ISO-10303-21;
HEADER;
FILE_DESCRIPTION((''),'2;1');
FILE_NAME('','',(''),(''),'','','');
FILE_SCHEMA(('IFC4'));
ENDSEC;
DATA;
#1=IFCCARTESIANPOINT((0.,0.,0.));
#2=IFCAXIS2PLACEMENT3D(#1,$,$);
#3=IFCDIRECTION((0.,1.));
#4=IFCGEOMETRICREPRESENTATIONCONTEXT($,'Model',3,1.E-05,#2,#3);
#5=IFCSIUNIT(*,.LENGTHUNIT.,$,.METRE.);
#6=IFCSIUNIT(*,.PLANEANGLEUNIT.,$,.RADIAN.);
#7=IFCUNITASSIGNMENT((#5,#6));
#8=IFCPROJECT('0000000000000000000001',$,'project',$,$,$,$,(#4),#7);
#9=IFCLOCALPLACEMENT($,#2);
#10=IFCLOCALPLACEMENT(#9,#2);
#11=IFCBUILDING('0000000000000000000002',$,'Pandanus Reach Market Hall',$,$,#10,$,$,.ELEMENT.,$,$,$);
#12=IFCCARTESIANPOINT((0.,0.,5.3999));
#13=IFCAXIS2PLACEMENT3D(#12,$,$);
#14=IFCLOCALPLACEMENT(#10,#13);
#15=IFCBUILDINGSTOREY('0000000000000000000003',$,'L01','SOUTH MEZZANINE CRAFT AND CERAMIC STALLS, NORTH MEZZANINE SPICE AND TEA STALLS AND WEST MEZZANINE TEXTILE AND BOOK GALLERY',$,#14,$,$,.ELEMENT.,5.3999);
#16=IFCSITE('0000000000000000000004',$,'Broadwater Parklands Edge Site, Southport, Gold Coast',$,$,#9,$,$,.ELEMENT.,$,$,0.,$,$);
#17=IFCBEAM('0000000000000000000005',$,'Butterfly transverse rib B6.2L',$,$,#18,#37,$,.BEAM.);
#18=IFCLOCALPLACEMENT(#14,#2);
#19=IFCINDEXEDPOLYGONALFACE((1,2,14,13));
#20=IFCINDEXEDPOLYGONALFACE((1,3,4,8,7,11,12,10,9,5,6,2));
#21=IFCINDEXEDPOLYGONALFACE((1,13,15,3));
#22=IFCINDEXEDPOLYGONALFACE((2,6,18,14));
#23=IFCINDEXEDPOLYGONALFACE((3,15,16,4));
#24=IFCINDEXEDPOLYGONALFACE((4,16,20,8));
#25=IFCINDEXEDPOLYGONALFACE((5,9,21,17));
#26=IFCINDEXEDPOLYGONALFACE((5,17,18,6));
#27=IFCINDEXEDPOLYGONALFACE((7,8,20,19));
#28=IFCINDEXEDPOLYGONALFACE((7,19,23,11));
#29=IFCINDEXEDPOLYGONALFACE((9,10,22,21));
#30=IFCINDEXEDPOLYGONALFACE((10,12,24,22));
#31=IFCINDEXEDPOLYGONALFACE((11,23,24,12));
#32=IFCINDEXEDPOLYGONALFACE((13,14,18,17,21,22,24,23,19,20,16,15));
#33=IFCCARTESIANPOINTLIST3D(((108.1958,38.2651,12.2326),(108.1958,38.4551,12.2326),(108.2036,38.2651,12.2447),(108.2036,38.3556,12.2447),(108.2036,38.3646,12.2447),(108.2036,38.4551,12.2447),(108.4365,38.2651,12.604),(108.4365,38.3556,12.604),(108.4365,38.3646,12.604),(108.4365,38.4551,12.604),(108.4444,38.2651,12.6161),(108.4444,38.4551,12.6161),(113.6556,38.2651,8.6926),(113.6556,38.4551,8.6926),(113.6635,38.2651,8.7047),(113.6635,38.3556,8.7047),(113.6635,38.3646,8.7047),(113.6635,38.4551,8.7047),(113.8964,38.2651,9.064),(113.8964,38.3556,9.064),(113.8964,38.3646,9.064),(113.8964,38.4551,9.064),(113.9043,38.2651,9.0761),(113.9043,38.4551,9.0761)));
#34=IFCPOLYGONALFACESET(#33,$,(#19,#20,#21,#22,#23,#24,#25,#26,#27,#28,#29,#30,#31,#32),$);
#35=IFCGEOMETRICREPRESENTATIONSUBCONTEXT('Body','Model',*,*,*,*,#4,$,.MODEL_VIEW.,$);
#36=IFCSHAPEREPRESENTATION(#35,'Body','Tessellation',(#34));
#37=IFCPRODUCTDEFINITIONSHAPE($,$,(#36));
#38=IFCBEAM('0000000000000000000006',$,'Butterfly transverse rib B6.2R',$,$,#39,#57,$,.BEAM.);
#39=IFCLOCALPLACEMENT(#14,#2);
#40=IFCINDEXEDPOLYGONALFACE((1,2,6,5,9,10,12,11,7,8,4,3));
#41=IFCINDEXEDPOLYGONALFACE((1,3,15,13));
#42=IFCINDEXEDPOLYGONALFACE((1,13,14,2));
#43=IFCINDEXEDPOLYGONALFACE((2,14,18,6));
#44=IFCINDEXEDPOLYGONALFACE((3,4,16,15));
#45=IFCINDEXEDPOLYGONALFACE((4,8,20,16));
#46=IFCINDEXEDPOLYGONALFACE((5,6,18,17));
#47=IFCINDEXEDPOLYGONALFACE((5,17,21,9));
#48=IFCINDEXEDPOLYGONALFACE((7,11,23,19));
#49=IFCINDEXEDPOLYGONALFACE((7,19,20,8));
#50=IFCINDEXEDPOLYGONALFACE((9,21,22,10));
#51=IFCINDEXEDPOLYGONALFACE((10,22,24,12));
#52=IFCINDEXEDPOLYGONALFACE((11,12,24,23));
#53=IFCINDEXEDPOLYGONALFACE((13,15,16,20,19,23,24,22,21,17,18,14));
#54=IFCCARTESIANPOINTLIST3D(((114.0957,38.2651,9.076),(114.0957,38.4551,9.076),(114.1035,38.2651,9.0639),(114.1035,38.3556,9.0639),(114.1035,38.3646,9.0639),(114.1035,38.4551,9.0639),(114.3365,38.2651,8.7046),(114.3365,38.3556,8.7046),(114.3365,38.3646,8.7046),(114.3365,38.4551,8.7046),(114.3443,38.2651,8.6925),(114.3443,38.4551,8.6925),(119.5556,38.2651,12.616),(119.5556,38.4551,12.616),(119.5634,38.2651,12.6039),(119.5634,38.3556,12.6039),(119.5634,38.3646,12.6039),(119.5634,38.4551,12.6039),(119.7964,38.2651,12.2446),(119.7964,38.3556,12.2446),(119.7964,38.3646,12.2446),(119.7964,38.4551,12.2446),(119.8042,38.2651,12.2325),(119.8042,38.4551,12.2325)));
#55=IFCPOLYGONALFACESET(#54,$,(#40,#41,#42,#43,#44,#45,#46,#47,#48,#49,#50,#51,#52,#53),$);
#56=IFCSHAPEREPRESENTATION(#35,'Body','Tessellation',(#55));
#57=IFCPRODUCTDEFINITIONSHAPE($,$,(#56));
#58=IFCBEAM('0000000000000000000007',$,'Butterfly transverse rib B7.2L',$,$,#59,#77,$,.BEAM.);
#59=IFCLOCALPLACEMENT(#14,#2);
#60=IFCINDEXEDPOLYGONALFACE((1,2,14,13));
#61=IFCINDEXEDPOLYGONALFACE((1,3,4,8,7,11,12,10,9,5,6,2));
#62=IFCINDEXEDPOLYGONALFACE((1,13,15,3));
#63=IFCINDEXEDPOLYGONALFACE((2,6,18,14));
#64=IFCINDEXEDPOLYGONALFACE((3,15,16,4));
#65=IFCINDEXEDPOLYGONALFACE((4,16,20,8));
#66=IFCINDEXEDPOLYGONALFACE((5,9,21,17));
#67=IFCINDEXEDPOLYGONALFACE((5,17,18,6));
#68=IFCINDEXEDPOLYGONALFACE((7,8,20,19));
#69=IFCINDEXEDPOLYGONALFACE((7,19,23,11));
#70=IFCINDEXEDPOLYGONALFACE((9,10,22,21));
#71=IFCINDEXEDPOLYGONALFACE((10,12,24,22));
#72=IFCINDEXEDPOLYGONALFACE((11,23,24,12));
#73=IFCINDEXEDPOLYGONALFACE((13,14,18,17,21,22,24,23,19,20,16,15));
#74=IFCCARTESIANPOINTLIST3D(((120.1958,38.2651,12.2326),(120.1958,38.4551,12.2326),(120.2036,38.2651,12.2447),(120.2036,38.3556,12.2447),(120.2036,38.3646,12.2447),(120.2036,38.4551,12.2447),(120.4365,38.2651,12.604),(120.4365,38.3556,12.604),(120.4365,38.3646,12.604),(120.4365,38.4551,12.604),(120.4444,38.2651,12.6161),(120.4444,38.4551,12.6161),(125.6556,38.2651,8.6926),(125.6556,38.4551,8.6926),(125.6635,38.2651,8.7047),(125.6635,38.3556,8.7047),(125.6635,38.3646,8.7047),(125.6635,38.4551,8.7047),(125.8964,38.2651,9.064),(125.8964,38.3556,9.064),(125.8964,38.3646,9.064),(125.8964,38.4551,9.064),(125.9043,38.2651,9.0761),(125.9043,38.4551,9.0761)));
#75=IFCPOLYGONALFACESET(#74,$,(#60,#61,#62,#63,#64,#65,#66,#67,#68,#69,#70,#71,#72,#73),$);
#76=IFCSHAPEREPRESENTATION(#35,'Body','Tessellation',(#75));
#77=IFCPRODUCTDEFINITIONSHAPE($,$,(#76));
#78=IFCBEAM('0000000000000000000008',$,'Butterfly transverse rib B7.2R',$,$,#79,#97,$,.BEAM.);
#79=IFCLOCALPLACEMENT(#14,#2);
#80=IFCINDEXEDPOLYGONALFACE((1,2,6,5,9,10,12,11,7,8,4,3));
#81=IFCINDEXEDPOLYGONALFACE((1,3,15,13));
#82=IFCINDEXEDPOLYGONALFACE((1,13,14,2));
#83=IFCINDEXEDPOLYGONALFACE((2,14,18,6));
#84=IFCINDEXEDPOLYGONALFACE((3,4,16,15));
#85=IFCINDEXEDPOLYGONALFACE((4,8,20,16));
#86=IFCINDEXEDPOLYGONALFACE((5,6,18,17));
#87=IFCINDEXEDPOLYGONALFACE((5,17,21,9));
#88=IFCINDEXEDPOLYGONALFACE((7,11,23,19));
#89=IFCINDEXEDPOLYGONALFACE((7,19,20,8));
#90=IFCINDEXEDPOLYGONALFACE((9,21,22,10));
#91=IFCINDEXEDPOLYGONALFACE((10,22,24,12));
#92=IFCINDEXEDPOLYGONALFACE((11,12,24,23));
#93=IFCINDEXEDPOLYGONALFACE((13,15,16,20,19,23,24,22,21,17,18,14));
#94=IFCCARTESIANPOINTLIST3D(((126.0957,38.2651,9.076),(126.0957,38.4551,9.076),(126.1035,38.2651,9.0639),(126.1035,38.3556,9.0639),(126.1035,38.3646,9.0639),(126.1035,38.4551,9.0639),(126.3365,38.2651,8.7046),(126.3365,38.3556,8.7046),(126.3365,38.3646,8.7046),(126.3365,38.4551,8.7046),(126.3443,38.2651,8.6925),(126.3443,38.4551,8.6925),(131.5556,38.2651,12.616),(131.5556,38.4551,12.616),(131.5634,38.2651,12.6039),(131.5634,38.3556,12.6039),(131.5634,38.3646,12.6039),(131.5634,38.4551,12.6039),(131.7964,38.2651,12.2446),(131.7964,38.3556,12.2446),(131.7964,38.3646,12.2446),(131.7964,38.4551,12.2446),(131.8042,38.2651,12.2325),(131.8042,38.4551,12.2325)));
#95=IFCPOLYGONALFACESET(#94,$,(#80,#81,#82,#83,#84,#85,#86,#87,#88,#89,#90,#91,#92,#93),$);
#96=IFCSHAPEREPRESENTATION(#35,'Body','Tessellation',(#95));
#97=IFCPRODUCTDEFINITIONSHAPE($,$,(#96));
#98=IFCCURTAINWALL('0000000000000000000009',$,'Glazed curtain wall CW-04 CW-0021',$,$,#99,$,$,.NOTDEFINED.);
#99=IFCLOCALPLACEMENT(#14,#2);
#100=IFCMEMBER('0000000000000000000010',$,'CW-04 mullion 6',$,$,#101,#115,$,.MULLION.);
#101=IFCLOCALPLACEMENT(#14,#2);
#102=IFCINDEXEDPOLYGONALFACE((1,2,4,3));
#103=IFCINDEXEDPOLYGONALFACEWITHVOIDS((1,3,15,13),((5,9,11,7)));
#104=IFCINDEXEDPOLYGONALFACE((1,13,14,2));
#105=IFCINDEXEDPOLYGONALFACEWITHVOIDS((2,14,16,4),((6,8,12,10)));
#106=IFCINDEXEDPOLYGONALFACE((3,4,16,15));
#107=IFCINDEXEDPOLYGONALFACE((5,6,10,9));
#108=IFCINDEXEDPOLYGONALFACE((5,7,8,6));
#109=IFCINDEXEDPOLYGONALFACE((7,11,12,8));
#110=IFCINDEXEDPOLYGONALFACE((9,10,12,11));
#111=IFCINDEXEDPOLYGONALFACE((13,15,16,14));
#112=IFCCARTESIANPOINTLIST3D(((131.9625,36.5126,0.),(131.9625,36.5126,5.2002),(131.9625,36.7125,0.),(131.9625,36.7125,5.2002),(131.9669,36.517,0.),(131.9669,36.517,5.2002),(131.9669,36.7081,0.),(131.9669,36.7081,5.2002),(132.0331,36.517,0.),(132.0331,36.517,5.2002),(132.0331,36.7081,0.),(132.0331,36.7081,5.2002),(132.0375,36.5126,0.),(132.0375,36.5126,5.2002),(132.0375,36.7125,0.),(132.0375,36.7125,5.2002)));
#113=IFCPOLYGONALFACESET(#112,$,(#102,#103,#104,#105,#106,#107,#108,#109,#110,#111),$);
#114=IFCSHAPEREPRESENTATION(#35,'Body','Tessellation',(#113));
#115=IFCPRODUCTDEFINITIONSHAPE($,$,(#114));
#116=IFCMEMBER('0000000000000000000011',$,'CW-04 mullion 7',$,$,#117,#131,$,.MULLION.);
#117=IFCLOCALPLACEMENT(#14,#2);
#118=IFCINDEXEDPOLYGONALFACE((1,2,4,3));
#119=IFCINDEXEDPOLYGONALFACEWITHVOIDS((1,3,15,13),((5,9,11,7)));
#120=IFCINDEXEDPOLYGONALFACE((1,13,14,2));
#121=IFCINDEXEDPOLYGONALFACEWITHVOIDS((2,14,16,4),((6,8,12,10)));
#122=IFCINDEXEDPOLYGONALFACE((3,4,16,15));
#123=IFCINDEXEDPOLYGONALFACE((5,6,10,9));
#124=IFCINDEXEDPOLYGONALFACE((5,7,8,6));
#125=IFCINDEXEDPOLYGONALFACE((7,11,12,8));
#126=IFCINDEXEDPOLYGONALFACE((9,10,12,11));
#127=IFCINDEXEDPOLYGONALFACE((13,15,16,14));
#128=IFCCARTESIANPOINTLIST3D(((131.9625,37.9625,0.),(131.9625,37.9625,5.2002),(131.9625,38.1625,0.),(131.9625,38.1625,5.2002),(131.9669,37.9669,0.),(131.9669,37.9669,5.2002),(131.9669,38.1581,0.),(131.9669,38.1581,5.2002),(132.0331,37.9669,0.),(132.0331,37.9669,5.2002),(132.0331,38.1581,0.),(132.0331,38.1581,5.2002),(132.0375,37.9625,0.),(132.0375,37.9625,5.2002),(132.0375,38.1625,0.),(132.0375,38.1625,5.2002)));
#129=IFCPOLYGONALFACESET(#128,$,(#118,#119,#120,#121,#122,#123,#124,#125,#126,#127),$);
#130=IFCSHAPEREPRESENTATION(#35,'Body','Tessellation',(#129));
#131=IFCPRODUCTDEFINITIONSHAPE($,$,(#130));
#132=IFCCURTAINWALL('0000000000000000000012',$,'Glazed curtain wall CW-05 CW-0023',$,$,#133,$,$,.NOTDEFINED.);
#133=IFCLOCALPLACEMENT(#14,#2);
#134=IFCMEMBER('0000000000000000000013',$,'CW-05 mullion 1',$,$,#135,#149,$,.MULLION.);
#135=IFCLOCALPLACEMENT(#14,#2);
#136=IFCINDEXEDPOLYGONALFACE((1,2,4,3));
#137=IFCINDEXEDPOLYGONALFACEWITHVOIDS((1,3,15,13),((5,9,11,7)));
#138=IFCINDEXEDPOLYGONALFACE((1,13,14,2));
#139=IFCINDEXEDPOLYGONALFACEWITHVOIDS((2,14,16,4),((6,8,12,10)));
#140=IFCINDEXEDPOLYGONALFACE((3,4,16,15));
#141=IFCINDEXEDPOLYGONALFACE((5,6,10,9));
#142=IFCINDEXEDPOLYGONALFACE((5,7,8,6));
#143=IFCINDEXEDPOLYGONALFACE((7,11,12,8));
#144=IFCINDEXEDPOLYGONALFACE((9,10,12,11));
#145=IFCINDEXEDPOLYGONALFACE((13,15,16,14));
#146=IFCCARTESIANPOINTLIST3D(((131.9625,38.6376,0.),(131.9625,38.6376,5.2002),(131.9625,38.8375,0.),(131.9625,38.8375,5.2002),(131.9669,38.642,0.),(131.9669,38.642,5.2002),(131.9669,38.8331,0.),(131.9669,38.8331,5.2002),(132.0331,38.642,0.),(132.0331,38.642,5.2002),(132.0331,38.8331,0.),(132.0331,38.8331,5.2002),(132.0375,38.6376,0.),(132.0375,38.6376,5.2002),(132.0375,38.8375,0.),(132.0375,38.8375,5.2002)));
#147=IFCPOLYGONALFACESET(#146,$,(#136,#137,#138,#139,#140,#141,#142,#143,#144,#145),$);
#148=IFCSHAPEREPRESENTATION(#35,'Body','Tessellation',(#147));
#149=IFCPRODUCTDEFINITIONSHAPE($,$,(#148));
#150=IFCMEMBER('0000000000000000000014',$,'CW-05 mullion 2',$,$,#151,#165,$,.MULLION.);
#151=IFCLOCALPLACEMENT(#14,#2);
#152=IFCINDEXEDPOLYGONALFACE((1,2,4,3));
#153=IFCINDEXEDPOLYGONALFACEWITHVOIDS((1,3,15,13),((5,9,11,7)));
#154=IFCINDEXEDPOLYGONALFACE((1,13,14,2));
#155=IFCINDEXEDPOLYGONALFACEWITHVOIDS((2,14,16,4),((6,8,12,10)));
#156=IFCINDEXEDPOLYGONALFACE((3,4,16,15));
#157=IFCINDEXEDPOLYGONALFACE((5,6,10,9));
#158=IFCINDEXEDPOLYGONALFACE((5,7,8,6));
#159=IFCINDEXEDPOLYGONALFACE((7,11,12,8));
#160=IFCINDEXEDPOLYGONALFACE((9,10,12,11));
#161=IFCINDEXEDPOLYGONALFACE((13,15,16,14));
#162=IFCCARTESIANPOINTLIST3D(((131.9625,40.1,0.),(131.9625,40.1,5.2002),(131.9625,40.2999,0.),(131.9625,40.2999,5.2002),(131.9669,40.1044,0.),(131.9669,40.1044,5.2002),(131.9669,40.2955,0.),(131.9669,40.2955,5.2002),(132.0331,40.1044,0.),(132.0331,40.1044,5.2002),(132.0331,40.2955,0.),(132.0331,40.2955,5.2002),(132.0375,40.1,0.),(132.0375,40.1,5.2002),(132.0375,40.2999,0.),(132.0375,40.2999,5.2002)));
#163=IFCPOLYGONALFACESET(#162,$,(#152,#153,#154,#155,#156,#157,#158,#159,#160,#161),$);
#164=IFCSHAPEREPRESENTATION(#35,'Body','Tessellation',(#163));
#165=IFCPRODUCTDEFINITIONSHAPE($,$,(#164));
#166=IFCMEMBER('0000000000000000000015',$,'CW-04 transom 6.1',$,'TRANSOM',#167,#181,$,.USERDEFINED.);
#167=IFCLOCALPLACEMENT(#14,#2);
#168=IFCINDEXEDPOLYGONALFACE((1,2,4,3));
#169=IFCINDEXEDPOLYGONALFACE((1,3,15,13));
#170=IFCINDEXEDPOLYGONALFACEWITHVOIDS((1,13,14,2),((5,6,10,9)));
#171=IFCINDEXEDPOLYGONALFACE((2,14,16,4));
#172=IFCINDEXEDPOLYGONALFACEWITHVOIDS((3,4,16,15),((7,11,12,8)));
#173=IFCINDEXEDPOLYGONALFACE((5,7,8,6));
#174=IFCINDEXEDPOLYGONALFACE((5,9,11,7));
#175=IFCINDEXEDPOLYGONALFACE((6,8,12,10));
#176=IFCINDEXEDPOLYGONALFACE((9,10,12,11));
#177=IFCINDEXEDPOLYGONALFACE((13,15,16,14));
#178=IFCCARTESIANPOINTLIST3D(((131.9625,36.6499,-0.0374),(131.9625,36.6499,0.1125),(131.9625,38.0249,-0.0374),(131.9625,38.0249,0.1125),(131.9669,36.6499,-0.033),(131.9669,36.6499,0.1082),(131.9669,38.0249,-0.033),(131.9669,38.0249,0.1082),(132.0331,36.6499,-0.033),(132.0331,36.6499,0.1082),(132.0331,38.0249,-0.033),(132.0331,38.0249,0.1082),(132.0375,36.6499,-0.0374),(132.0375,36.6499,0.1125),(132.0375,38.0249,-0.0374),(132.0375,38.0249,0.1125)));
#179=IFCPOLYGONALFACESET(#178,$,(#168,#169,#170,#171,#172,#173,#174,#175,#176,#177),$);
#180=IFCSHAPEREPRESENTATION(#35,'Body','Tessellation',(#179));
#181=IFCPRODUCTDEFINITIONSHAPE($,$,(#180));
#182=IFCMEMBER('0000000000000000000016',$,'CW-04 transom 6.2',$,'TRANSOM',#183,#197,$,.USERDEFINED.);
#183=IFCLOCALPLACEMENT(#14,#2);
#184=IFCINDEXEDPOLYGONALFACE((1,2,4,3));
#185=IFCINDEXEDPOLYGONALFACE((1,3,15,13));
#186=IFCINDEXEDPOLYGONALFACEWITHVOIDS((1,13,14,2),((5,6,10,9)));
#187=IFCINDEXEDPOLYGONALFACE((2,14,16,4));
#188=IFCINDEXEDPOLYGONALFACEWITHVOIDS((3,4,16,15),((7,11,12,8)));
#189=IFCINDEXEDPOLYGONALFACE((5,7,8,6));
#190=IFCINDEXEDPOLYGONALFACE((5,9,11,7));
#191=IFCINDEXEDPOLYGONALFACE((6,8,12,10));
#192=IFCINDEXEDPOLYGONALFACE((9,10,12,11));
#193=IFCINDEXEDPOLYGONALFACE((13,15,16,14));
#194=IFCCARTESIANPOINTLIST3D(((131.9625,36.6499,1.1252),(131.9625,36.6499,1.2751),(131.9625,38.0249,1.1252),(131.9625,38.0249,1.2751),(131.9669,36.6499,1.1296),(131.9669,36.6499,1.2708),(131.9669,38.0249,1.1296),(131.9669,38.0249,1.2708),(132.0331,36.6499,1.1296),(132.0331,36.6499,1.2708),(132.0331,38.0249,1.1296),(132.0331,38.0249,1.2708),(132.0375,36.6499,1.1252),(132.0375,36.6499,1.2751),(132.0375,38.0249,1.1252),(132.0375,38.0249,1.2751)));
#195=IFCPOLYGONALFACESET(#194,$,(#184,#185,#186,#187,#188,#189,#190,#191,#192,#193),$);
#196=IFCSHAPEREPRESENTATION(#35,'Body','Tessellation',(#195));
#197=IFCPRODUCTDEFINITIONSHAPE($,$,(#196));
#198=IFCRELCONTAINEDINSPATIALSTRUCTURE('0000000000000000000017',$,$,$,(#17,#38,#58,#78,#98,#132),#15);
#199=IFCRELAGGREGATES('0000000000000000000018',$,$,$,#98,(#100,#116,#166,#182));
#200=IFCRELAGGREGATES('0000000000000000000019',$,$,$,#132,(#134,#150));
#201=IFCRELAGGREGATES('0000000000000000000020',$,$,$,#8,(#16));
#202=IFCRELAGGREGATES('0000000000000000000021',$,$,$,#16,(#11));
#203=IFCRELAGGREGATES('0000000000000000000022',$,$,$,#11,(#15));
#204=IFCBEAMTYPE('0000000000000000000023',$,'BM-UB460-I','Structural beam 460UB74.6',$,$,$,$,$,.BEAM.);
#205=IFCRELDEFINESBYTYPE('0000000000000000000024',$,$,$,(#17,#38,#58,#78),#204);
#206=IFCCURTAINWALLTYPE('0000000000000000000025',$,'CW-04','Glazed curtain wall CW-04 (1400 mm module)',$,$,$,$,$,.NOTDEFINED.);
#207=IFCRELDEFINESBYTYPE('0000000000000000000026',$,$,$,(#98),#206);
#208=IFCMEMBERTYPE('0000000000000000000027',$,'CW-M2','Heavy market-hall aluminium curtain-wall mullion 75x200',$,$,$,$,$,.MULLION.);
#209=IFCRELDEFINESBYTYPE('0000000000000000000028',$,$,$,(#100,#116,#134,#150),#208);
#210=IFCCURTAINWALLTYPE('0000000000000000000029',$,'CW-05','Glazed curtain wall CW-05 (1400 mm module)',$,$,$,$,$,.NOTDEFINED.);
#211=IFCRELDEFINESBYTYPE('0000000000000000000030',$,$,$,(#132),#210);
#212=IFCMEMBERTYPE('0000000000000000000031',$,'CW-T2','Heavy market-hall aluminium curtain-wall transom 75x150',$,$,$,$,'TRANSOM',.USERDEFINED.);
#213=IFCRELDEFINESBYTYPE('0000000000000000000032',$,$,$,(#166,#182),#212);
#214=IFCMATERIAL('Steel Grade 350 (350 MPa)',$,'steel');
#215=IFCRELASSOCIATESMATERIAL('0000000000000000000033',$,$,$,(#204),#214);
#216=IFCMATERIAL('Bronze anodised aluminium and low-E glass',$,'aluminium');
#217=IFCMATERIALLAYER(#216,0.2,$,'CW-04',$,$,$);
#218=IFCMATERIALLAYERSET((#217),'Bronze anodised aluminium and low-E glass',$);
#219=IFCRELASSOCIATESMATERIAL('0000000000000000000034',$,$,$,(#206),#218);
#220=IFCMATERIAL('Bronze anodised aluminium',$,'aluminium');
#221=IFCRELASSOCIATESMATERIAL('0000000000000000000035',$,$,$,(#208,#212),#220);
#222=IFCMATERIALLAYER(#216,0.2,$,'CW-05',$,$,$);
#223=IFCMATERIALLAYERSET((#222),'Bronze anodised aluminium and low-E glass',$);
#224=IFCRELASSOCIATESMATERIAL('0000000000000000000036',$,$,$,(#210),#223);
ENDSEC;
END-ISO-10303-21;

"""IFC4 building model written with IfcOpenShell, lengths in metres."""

from ifc_helpers import new_model, si_unit, direction, frame, origin, origin_2d, place, context, subcontext, project, spatial, hollow_rectangle, i_section, extrude, material, layer, layer_set, material_profile, profile_set, type_object, element, aggregate, save


model = new_model("IFC4")

# Units and contexts
model_context = context("Model", 3, precision=1e-05, world=origin(), true_north=direction((0.0, 1.0)))
body_context = subcontext(model_context, "Body", "Model", "MODEL_VIEW")
ifc_project = project(units=[si_unit("LENGTHUNIT", "METRE"), si_unit("PLANEANGLEUNIT", "RADIAN")], contexts=[model_context])

# Site, building, storey
site_placement = place(None, origin())
site = spatial("IfcSite", under=ifc_project, at=site_placement, Name="Broadwater Parklands Edge Site, Southport, Gold Coast", CompositionType="ELEMENT", RefElevation=0.0)
building_placement = place(site_placement, origin())
building = spatial("IfcBuilding", under=site, at=building_placement, Name="Pandanus Reach Market Hall", CompositionType="ELEMENT")
storey_placement = place(building_placement, frame((0.0, 0.0, 5.3999)))
storey = spatial("IfcBuildingStorey", under=building, at=storey_placement, Name="L01", Description="SOUTH MEZZANINE CRAFT AND CERAMIC STALLS, NORTH MEZZANINE SPICE AND TEA STALLS AND WEST MEZZANINE TEXTILE AND BOOK GALLERY", CompositionType="ELEMENT", Elevation=5.3999)

# Beams
ifc_material_1 = material(Name="Steel Grade 350 (350 MPa)", Category="steel")
ifc_material_profile_1 = material_profile(ifc_material_1, i_section(OverallWidth=0.1899, OverallDepth=0.457, WebThickness=0.009, FlangeThickness=0.0144, at=origin_2d()), Name="460UB74.6", Category="LoadBearing")
ifc_profile_set_1 = profile_set([ifc_material_profile_1], Name="Steel Grade 350 (350 MPa)")
beam_type_1 = type_object("IfcBeamType", Name="BM-UB460-I", Description="Structural beam 460UB74.6", PredefinedType="BEAM", material=ifc_profile_set_1)
for number, where, z_axis, x_axis, name in (
    (1, (108.3201, 38.3601, 12.4243), (0.839071, 0.0, -0.544023), (0.0, 1.0, 0.0), "Butterfly transverse rib B6.2L"),
    (2, (114.22, 38.3601, 8.8843), (0.839071, 0.0, 0.544023), (0.0, 1.0, 0.0), "Butterfly transverse rib B6.2R"),
    (3, (120.3201, 38.3601, 12.4243), (0.839071, 0.0, -0.544023), (0.0, 1.0, 0.0), "Butterfly transverse rib B7.2L"),
    (4, (126.22, 38.3601, 8.8843), (0.839071, 0.0, 0.544023), (0.0, 1.0, 0.0), "Butterfly transverse rib B7.2R"),
):
    element("IfcBeam", number, at=place(storey_placement, frame(where, z_axis=z_axis, x_axis=x_axis)), inside=storey, type_object=beam_type_1, Name=name, PredefinedType="BEAM", context=body_context, shape_type="SweptSolid", body=[
        extrude(i_section(OverallWidth=0.1899, OverallDepth=0.457, WebThickness=0.009, FlangeThickness=0.0144, at=origin_2d()), origin(), (0.0, 0.0, 1.0), 6.5071),
    ])

# Curtain walls, members
ifc_material_2 = material(Name="Bronze anodised aluminium and low-E glass", Category="aluminium")
ifc_layer_1 = layer(ifc_material_2, 0.2, Name="CW-04")
ifc_layer_set_1 = layer_set([ifc_layer_1], Name="Bronze anodised aluminium and low-E glass")
curtain_wall_type_1 = type_object("IfcCurtainWallType", Name="CW-04", Description="Glazed curtain wall CW-04 (1400 mm module)", PredefinedType="NOTDEFINED", material=ifc_layer_set_1)
curtain_wall_1_placement = place(storey_placement, origin())
curtain_wall_1 = element("IfcCurtainWall", 5, at=curtain_wall_1_placement, inside=storey, type_object=curtain_wall_type_1, Name="Glazed curtain wall CW-04 CW-0021", PredefinedType="NOTDEFINED")
ifc_material_3 = material(Name="Bronze anodised aluminium", Category="aluminium")
ifc_material_profile_2 = material_profile(ifc_material_3, hollow_rectangle(XDim=0.075, YDim=0.2, WallThickness=0.0044, at=origin_2d()), Name="ALU75x200", Category="LoadBearing")
ifc_profile_set_2 = profile_set([ifc_material_profile_2], Name="Bronze anodised aluminium")
member_type_1 = type_object("IfcMemberType", Name="CW-M2", Description="Heavy market-hall aluminium curtain-wall mullion 75x200", PredefinedType="MULLION", material=ifc_profile_set_2)
member_1_placement = place(storey_placement, frame((132.0, 36.6125, 0.0), z_axis=(0.0, 0.0, 1.0), x_axis=(-1.0, 0.0, 0.0)))
member_1 = element("IfcMember", 6, at=member_1_placement, type_object=member_type_1, Name="CW-04 mullion 6", PredefinedType="MULLION", context=body_context, shape_type="SweptSolid", body=[
    extrude(hollow_rectangle(XDim=0.075, YDim=0.2, WallThickness=0.0044, at=origin_2d()), origin(), (0.0, 0.0, 1.0), 5.2002),
])
member_2_placement = place(storey_placement, frame((132.0, 38.0625, 0.0), z_axis=(0.0, 0.0, 1.0), x_axis=(-1.0, 0.0, 0.0)))
member_2 = element("IfcMember", 7, at=member_2_placement, type_object=member_type_1, Name="CW-04 mullion 7", PredefinedType="MULLION", context=body_context, shape_type="SweptSolid", body=[
    extrude(hollow_rectangle(XDim=0.075, YDim=0.2, WallThickness=0.0044, at=origin_2d()), origin(), (0.0, 0.0, 1.0), 5.2002),
])
ifc_layer_2 = layer(ifc_material_2, 0.2, Name="CW-05")
ifc_layer_set_2 = layer_set([ifc_layer_2], Name="Bronze anodised aluminium and low-E glass")
curtain_wall_type_2 = type_object("IfcCurtainWallType", Name="CW-05", Description="Glazed curtain wall CW-05 (1400 mm module)", PredefinedType="NOTDEFINED", material=ifc_layer_set_2)
curtain_wall_2_placement = place(storey_placement, origin())
curtain_wall_2 = element("IfcCurtainWall", 8, at=curtain_wall_2_placement, inside=storey, type_object=curtain_wall_type_2, Name="Glazed curtain wall CW-05 CW-0023", PredefinedType="NOTDEFINED")
member_3_placement = place(storey_placement, frame((132.0, 38.7375, 0.0), z_axis=(0.0, 0.0, 1.0), x_axis=(-1.0, 0.0, 0.0)))
member_3 = element("IfcMember", 9, at=member_3_placement, type_object=member_type_1, Name="CW-05 mullion 1", PredefinedType="MULLION", context=body_context, shape_type="SweptSolid", body=[
    extrude(hollow_rectangle(XDim=0.075, YDim=0.2, WallThickness=0.0044, at=origin_2d()), origin(), (0.0, 0.0, 1.0), 5.2002),
])
member_4_placement = place(storey_placement, frame((132.0, 40.2, 0.0), z_axis=(0.0, 0.0, 1.0), x_axis=(-1.0, 0.0, 0.0)))
member_4 = element("IfcMember", 10, at=member_4_placement, type_object=member_type_1, Name="CW-05 mullion 2", PredefinedType="MULLION", context=body_context, shape_type="SweptSolid", body=[
    extrude(hollow_rectangle(XDim=0.075, YDim=0.2, WallThickness=0.0044, at=origin_2d()), origin(), (0.0, 0.0, 1.0), 5.2002),
])

# Members
ifc_material_profile_3 = material_profile(ifc_material_3, hollow_rectangle(XDim=0.075, YDim=0.1499, WallThickness=0.0044, at=origin_2d()), Name="ALU75x150", Category="LoadBearing")
ifc_profile_set_3 = profile_set([ifc_material_profile_3], Name="Bronze anodised aluminium")
member_type_2 = type_object("IfcMemberType", Name="CW-T2", Description="Heavy market-hall aluminium curtain-wall transom 75x150", ElementType="TRANSOM", PredefinedType="USERDEFINED", material=ifc_profile_set_3)
member_5_placement = place(storey_placement, frame((132.0, 36.6499, 0.0376), z_axis=(0.0, 1.0, 0.0), x_axis=(-1.0, 0.0, 0.0)))
member_5 = element("IfcMember", 11, at=member_5_placement, type_object=member_type_2, Name="CW-04 transom 6.1", ObjectType="TRANSOM", PredefinedType="USERDEFINED", context=body_context, shape_type="SweptSolid", body=[
    extrude(hollow_rectangle(XDim=0.075, YDim=0.1499, WallThickness=0.0044, at=origin_2d()), origin(), (0.0, 0.0, 1.0), 1.375),
])
member_6_placement = place(storey_placement, frame((132.0, 36.6499, 1.2002), z_axis=(0.0, 1.0, 0.0), x_axis=(-1.0, 0.0, 0.0)))
member_6 = element("IfcMember", 12, at=member_6_placement, type_object=member_type_2, Name="CW-04 transom 6.2", ObjectType="TRANSOM", PredefinedType="USERDEFINED", context=body_context, shape_type="SweptSolid", body=[
    extrude(hollow_rectangle(XDim=0.075, YDim=0.1499, WallThickness=0.0044, at=origin_2d()), origin(), (0.0, 0.0, 1.0), 1.375),
])

aggregate(curtain_wall_1, [member_1, member_2, member_5, member_6])
aggregate(curtain_wall_2, [member_3, member_4])

save(model, "model.ifc")
